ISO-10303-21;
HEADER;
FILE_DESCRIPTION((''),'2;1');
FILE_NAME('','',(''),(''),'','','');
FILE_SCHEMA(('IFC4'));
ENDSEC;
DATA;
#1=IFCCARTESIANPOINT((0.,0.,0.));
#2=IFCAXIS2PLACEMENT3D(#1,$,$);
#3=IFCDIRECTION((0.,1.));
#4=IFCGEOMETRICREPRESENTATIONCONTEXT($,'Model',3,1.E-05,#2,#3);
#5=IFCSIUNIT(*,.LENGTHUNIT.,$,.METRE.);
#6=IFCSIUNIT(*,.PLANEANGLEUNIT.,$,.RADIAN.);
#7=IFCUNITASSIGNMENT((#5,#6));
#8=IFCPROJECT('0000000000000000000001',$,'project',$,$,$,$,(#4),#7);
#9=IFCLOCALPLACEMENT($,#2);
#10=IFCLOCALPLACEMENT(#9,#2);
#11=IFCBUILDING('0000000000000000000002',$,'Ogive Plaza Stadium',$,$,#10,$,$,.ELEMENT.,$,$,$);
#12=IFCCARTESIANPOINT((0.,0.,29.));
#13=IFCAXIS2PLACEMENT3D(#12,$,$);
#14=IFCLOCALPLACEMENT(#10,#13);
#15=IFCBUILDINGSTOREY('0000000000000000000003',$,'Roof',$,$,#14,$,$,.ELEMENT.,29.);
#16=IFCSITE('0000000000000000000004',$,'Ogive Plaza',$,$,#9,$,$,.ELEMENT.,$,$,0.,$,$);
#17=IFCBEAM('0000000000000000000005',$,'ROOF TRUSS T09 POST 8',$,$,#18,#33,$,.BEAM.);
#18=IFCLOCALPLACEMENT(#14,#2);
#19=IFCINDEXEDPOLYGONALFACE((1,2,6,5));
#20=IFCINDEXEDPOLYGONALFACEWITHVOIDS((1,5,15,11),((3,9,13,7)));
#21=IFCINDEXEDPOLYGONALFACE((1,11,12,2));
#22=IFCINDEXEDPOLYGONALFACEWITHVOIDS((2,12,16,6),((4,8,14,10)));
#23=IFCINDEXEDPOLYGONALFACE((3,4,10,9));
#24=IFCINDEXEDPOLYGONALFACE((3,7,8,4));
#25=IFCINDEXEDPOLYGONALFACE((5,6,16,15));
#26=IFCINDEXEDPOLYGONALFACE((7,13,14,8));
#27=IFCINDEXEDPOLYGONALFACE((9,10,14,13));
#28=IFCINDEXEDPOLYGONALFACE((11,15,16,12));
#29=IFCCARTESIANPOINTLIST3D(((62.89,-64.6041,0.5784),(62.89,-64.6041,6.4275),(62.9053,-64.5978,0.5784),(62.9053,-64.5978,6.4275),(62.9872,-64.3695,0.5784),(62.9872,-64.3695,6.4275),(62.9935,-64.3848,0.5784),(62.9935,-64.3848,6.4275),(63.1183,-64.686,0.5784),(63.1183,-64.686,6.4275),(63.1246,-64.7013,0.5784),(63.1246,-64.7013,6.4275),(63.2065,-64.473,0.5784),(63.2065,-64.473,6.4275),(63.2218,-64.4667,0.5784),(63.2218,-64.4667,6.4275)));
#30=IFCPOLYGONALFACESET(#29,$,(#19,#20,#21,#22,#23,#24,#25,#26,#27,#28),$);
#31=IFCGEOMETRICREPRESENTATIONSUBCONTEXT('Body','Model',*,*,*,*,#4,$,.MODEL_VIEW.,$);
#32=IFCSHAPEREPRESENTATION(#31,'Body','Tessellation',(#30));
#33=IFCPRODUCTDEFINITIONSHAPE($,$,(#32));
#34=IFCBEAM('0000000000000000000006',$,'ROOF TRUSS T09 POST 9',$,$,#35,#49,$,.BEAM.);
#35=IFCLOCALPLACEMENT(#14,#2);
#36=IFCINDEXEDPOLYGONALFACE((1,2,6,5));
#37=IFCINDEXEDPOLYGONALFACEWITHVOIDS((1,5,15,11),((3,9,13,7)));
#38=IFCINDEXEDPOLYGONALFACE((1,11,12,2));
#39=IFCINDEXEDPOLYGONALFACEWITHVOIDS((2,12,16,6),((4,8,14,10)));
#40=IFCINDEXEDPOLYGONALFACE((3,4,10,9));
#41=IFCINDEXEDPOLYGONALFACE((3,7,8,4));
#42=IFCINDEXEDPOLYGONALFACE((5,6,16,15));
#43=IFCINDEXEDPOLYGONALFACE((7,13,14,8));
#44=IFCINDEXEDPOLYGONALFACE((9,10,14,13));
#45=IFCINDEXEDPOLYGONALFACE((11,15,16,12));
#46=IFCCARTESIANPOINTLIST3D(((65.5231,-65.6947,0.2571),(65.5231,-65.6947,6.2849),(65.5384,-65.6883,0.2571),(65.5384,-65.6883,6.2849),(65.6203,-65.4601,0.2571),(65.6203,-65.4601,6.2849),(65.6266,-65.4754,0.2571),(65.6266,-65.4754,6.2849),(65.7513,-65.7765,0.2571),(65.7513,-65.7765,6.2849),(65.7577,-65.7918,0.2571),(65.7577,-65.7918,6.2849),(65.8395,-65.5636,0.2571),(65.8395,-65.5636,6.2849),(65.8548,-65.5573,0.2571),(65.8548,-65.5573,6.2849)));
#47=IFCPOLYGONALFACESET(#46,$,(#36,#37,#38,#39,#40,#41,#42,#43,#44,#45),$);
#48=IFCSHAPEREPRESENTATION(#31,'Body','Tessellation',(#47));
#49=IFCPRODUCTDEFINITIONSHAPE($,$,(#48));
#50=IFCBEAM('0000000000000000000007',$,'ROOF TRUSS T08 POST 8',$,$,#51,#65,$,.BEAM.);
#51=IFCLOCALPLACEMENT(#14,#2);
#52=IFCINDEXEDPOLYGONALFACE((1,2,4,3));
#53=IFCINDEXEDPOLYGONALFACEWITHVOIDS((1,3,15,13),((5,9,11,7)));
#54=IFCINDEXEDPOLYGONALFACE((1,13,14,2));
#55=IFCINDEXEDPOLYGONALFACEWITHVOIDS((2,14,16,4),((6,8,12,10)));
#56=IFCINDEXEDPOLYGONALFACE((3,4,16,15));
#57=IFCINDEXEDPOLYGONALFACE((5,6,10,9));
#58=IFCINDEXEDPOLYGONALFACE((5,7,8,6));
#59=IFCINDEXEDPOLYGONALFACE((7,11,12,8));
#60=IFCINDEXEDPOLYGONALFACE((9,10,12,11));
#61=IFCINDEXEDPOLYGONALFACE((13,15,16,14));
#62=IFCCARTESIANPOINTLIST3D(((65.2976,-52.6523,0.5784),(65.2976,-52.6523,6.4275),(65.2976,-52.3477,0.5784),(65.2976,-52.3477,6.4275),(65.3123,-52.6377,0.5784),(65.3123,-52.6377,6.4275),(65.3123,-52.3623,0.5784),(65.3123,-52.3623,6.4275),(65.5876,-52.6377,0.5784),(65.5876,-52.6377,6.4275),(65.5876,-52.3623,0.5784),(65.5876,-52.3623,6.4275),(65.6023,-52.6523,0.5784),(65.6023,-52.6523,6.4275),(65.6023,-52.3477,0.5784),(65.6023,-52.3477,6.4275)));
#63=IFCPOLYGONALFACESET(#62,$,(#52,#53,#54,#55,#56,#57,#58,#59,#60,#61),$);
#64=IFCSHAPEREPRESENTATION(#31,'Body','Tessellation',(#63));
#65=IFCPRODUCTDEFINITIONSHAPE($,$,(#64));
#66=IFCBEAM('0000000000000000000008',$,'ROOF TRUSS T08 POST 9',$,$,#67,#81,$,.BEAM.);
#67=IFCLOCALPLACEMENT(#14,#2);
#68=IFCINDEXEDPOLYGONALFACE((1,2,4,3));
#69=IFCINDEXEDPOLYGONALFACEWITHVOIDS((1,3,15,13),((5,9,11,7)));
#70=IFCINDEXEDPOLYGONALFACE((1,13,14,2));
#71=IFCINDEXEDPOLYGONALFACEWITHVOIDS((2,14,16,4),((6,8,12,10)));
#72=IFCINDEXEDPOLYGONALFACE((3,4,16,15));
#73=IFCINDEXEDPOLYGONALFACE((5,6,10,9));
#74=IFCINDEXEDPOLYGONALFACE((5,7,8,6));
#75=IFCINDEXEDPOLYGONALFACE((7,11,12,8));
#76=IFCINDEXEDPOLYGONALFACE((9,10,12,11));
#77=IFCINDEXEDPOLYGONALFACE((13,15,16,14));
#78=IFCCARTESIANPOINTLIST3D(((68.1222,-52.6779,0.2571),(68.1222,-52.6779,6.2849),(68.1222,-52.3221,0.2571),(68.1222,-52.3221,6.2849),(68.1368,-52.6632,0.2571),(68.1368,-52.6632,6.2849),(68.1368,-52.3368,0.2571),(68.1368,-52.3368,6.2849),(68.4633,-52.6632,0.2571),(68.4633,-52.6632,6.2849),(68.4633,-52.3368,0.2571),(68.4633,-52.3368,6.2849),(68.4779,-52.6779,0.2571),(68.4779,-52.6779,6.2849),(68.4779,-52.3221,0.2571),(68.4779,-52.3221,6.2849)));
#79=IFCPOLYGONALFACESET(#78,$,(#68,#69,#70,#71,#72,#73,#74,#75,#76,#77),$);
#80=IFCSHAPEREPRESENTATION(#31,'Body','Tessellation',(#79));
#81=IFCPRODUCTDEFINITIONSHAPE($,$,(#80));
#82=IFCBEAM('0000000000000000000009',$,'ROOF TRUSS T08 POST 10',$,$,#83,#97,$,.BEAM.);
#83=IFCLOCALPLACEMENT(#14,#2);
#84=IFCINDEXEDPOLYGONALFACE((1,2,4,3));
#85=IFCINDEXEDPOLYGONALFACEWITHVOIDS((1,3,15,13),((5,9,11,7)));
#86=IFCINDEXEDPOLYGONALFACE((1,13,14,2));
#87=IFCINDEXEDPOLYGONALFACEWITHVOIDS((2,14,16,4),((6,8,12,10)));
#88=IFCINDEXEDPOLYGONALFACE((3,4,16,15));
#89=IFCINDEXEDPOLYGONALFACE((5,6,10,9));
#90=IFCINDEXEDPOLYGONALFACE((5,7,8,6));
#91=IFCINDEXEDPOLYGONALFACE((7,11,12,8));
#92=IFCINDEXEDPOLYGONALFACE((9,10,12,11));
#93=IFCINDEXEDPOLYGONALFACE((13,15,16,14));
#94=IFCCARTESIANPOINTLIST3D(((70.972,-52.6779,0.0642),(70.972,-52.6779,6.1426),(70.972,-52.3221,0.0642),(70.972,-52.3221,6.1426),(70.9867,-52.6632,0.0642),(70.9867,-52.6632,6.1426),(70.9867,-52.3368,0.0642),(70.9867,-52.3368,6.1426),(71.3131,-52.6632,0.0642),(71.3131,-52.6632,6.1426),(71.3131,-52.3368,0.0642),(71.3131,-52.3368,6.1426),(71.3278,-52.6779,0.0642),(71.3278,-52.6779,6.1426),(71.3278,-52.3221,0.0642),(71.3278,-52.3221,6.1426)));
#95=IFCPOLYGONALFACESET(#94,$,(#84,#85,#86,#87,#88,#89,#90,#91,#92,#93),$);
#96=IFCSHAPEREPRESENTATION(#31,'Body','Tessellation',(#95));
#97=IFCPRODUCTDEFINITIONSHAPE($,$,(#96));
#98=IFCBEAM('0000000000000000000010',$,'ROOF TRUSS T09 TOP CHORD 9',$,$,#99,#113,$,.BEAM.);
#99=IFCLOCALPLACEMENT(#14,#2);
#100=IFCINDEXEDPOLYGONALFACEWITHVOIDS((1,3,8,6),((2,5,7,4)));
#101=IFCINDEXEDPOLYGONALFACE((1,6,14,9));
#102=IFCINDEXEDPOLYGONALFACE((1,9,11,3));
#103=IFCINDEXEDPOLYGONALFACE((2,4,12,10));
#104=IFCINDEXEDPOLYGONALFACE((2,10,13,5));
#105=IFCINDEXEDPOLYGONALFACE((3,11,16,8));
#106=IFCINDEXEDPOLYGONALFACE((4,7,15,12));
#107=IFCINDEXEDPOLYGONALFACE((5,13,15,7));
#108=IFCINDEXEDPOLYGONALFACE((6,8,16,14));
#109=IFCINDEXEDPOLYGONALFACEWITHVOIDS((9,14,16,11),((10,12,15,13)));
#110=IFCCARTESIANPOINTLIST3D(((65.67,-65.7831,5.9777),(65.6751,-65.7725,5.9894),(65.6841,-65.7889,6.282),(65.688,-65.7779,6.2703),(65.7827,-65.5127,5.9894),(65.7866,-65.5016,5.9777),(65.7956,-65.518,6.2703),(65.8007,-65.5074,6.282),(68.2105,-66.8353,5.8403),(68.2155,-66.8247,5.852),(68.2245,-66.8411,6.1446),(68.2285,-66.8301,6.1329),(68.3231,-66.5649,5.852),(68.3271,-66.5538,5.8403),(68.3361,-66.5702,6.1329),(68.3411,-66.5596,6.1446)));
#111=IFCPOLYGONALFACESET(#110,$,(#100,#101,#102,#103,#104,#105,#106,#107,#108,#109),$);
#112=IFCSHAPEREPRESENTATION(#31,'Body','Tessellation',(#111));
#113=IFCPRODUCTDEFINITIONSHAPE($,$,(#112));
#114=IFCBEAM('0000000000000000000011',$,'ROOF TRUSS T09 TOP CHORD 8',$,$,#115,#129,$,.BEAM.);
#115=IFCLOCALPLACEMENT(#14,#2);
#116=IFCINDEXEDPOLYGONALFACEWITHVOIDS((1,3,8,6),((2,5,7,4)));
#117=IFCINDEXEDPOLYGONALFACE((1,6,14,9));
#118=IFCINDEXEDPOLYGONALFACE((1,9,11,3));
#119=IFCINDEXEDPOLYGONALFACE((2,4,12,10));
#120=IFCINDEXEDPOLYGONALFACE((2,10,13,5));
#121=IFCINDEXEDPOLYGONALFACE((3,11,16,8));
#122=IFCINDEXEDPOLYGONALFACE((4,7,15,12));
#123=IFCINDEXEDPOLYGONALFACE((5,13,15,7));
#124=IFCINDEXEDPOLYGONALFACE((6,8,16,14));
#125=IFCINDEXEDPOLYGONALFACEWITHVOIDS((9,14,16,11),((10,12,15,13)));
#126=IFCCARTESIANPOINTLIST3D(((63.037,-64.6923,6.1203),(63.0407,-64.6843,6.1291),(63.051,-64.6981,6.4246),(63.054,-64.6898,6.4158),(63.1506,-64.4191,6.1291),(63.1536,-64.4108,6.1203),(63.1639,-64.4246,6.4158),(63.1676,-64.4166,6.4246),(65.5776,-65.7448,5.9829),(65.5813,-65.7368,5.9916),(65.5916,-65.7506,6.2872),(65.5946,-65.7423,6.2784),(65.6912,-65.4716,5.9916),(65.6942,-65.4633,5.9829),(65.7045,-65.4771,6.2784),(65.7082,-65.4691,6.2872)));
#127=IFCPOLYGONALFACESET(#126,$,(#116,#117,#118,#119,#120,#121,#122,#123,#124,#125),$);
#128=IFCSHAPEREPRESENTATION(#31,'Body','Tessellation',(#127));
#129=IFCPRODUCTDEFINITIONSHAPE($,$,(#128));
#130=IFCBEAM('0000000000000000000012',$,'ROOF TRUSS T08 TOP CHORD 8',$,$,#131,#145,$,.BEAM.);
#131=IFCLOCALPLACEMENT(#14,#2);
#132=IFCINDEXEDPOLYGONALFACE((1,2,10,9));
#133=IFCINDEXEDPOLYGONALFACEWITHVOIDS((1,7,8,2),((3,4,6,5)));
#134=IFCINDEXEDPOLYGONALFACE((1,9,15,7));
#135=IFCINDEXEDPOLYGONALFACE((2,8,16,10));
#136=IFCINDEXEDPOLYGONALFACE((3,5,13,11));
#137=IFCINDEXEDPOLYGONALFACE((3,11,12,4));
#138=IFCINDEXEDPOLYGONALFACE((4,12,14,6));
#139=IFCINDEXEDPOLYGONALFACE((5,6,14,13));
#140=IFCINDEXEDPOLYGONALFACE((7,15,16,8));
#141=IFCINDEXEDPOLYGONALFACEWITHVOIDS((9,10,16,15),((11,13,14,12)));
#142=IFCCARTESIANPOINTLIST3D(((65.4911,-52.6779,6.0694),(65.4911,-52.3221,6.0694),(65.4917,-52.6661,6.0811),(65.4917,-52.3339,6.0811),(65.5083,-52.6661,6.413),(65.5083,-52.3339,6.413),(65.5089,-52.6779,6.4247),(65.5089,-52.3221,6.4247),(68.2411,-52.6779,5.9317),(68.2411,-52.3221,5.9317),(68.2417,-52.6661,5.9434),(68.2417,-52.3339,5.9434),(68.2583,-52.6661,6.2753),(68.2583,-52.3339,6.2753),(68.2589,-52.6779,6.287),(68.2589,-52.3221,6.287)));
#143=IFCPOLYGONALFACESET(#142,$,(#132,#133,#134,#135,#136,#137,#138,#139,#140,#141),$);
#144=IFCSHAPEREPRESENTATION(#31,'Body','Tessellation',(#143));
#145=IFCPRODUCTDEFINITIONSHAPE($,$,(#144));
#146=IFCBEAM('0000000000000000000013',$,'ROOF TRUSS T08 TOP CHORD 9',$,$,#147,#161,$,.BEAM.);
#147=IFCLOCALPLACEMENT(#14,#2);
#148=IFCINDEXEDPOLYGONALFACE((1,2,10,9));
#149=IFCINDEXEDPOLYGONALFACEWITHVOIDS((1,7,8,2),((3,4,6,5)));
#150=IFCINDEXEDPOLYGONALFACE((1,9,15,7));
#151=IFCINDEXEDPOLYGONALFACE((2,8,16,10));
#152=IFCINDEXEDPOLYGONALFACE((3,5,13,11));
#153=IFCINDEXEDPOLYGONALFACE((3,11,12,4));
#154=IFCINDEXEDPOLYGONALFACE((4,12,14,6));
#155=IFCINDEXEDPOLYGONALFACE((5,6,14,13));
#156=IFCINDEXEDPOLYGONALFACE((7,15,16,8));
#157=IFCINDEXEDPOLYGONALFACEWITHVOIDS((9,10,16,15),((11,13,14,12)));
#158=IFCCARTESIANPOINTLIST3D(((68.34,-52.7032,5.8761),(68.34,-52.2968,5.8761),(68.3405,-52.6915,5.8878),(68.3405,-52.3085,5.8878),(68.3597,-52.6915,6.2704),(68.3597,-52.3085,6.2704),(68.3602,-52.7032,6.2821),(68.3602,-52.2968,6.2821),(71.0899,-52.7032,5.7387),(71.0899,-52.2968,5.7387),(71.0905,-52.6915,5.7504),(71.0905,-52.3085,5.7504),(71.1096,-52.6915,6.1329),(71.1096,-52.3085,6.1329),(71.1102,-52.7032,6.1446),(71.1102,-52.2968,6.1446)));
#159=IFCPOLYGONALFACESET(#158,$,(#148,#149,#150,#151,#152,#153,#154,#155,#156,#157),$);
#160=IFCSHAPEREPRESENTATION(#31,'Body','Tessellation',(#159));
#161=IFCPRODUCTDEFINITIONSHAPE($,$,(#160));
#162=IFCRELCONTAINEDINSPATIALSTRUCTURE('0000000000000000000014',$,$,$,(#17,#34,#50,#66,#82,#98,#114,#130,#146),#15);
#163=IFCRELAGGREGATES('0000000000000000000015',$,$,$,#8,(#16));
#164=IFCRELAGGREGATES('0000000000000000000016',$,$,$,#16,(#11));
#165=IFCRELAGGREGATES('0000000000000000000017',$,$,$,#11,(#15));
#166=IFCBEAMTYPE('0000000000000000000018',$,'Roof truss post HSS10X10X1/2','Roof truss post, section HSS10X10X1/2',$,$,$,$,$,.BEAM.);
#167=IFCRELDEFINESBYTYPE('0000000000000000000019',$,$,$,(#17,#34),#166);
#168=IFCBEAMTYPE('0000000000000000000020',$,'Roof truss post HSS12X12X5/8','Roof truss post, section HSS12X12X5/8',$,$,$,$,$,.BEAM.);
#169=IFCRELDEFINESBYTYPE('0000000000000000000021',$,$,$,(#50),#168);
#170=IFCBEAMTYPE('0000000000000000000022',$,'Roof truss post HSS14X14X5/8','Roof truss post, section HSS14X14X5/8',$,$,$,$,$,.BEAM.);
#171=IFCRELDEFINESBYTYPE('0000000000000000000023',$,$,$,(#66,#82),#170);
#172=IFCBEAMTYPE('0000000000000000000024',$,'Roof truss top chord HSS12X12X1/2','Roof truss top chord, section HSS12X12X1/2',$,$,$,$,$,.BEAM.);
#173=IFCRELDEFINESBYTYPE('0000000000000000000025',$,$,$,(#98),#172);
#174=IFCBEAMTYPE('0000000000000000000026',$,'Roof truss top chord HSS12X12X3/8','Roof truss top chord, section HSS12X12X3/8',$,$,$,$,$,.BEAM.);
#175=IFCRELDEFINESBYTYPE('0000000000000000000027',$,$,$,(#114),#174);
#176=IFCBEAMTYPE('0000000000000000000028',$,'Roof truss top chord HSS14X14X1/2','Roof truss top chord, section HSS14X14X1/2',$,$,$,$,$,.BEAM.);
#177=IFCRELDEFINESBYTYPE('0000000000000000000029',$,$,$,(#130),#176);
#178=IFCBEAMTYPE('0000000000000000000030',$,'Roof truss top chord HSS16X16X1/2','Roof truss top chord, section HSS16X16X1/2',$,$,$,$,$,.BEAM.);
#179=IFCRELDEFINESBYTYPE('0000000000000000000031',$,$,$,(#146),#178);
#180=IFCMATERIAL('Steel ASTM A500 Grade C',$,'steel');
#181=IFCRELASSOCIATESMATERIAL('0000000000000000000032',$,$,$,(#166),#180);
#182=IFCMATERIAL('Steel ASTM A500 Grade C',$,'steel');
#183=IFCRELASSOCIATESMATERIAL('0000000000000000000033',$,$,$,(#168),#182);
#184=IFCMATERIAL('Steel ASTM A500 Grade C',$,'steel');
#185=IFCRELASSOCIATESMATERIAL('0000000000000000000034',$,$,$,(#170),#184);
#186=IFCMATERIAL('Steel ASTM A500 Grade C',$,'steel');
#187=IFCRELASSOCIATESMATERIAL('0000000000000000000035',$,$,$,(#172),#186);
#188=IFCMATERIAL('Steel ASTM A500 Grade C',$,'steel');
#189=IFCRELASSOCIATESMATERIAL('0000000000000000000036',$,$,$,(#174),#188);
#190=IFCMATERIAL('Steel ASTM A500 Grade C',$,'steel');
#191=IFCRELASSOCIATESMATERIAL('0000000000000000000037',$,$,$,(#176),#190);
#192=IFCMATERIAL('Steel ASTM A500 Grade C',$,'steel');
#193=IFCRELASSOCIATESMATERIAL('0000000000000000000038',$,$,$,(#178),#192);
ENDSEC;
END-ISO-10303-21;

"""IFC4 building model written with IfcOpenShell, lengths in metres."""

from ifc_helpers import new_model, si_unit, direction, frame, origin, origin_2d, place, context, subcontext, project, spatial, hollow_rectangle, extrude, material, material_profile, profile_set, type_object, element, save


model = new_model("IFC4")

# Units and contexts
model_context = context("Model", 3, precision=1e-05, world=origin(), true_north=direction((0.0, 1.0)))
body_context = subcontext(model_context, "Body", "Model", "MODEL_VIEW")
ifc_project = project(units=[si_unit("LENGTHUNIT", "METRE"), si_unit("PLANEANGLEUNIT", "RADIAN")], contexts=[model_context])

# Site, building, storey
site_placement = place(None, origin())
site = spatial("IfcSite", under=ifc_project, at=site_placement, Name="Ogive Plaza", CompositionType="ELEMENT", RefElevation=0.0)
building_placement = place(site_placement, origin())
building = spatial("IfcBuilding", under=site, at=building_placement, Name="Ogive Plaza Stadium", CompositionType="ELEMENT")
storey_placement = place(building_placement, frame((0.0, 0.0, 29.0)))
storey = spatial("IfcBuildingStorey", under=building, at=storey_placement, Name="Roof", CompositionType="ELEMENT", Elevation=29.0)

# Beams
ifc_material_1 = material(Name="Steel ASTM A500 Grade C", Category="steel")
ifc_material_profile_1 = material_profile(ifc_material_1, hollow_rectangle(XDim=0.2539, YDim=0.2539, WallThickness=0.0117, at=origin_2d()), Name="HSS10X10X1/2")
ifc_profile_set_1 = profile_set([ifc_material_profile_1], Name="Steel ASTM A500 Grade C")
beam_type_1 = type_object("IfcBeamType", Name="Roof truss post HSS10X10X1/2", Description="Roof truss post, section HSS10X10X1/2", PredefinedType="BEAM", material=ifc_profile_set_1)
beam_1_placement = place(storey_placement, frame((63.0559, -64.5354, 0.5784), z_axis=(0.0, 0.0, 1.0), x_axis=(0.382683, 0.92388, 0.0)))
element("IfcBeam", 1, at=beam_1_placement, inside=storey, type_object=beam_type_1, Name="ROOF TRUSS T09 POST 8", PredefinedType="BEAM", context=body_context, shape_type="SweptSolid", body=[
    extrude(hollow_rectangle(XDim=0.2539, YDim=0.2539, WallThickness=0.0117, at=origin_2d()), origin(), (0.0, 0.0, 1.0), 5.8491),
])
beam_2_placement = place(storey_placement, frame((65.689, -65.626, 0.2571), z_axis=(0.0, 0.0, 1.0), x_axis=(0.382683, 0.92388, 0.0)))
element("IfcBeam", 2, at=beam_2_placement, inside=storey, type_object=beam_type_1, Name="ROOF TRUSS T09 POST 9", PredefinedType="BEAM", context=body_context, shape_type="SweptSolid", body=[
    extrude(hollow_rectangle(XDim=0.2539, YDim=0.2539, WallThickness=0.0117, at=origin_2d()), origin(), (0.0, 0.0, 1.0), 6.0278),
])
ifc_material_2 = material(Name="Steel ASTM A500 Grade C", Category="steel")
ifc_material_profile_2 = material_profile(ifc_material_2, hollow_rectangle(XDim=0.3047, YDim=0.3047, WallThickness=0.0146, at=origin_2d()), Name="HSS12X12X5/8")
ifc_profile_set_2 = profile_set([ifc_material_profile_2], Name="Steel ASTM A500 Grade C")
beam_type_2 = type_object("IfcBeamType", Name="Roof truss post HSS12X12X5/8", Description="Roof truss post, section HSS12X12X5/8", PredefinedType="BEAM", material=ifc_profile_set_2)
beam_3_placement = place(storey_placement, frame((65.45, -52.5, 0.5784), z_axis=(0.0, 0.0, 1.0), x_axis=(0.0, 1.0, 0.0)))
element("IfcBeam", 3, at=beam_3_placement, inside=storey, type_object=beam_type_2, Name="ROOF TRUSS T08 POST 8", PredefinedType="BEAM", context=body_context, shape_type="SweptSolid", body=[
    extrude(hollow_rectangle(XDim=0.3047, YDim=0.3047, WallThickness=0.0146, at=origin_2d()), origin(), (0.0, 0.0, 1.0), 5.8491),
])
ifc_material_3 = material(Name="Steel ASTM A500 Grade C", Category="steel")
ifc_material_profile_3 = material_profile(ifc_material_3, hollow_rectangle(XDim=0.3557, YDim=0.3557, WallThickness=0.0146, at=origin_2d()), Name="HSS14X14X5/8")
ifc_profile_set_3 = profile_set([ifc_material_profile_3], Name="Steel ASTM A500 Grade C")
beam_type_3 = type_object("IfcBeamType", Name="Roof truss post HSS14X14X5/8", Description="Roof truss post, section HSS14X14X5/8", PredefinedType="BEAM", material=ifc_profile_set_3)
beam_4_placement = place(storey_placement, frame((68.3, -52.5, 0.2571), z_axis=(0.0, 0.0, 1.0), x_axis=(0.0, 1.0, 0.0)))
element("IfcBeam", 4, at=beam_4_placement, inside=storey, type_object=beam_type_3, Name="ROOF TRUSS T08 POST 9", PredefinedType="BEAM", context=body_context, shape_type="SweptSolid", body=[
    extrude(hollow_rectangle(XDim=0.3557, YDim=0.3557, WallThickness=0.0146, at=origin_2d()), origin(), (0.0, 0.0, 1.0), 6.0278),
])
beam_5_placement = place(storey_placement, frame((71.1499, -52.5, 0.0642), z_axis=(0.0, 0.0, 1.0), x_axis=(0.0, 1.0, 0.0)))
element("IfcBeam", 5, at=beam_5_placement, inside=storey, type_object=beam_type_3, Name="ROOF TRUSS T08 POST 10", PredefinedType="BEAM", context=body_context, shape_type="SweptSolid", body=[
    extrude(hollow_rectangle(XDim=0.3557, YDim=0.3557, WallThickness=0.0146, at=origin_2d()), origin(), (0.0, 0.0, 1.0), 6.0784),
])
ifc_material_4 = material(Name="Steel ASTM A500 Grade C", Category="steel")
ifc_material_profile_4 = material_profile(ifc_material_4, hollow_rectangle(XDim=0.3047, YDim=0.3047, WallThickness=0.0117, at=origin_2d()), Name="HSS12X12X1/2")
ifc_profile_set_4 = profile_set([ifc_material_profile_4], Name="Steel ASTM A500 Grade C")
beam_type_4 = type_object("IfcBeamType", Name="Roof truss top chord HSS12X12X1/2", Description="Roof truss top chord, section HSS12X12X1/2", PredefinedType="BEAM", material=ifc_profile_set_4)
beam_6_placement = place(storey_placement, frame((65.7354, -65.6453, 6.1299), z_axis=(0.922737, -0.382183, -0.049923), x_axis=(0.38266, 0.923889, 0.0)))
element("IfcBeam", 6, at=beam_6_placement, inside=storey, type_object=beam_type_4, Name="ROOF TRUSS T09 TOP CHORD 9", PredefinedType="BEAM", context=body_context, shape_type="SweptSolid", body=[
    extrude(hollow_rectangle(XDim=0.3047, YDim=0.3047, WallThickness=0.0117, at=origin_2d()), origin(), (0.0, 0.0, 1.0), 2.7532),
])
ifc_material_5 = material(Name="Steel ASTM A500 Grade C", Category="steel")
ifc_material_profile_5 = material_profile(ifc_material_5, hollow_rectangle(XDim=0.3047, YDim=0.3047, WallThickness=0.0088, at=origin_2d()), Name="HSS12X12X3/8")
ifc_profile_set_5 = profile_set([ifc_material_profile_5], Name="Steel ASTM A500 Grade C")
beam_type_5 = type_object("IfcBeamType", Name="Roof truss top chord HSS12X12X3/8", Description="Roof truss top chord, section HSS12X12X3/8", PredefinedType="BEAM", material=ifc_profile_set_5)
beam_7_placement = place(storey_placement, frame((63.1023, -64.5544, 6.2725), z_axis=(0.922706, -0.382259, -0.049922), x_axis=(0.382736, 0.923858, 0.0)))
element("IfcBeam", 7, at=beam_7_placement, inside=storey, type_object=beam_type_5, Name="ROOF TRUSS T09 TOP CHORD 8", PredefinedType="BEAM", context=body_context, shape_type="SweptSolid", body=[
    extrude(hollow_rectangle(XDim=0.3047, YDim=0.3047, WallThickness=0.0088, at=origin_2d()), origin(), (0.0, 0.0, 1.0), 2.7534),
])
ifc_material_6 = material(Name="Steel ASTM A500 Grade C", Category="steel")
ifc_material_profile_6 = material_profile(ifc_material_6, hollow_rectangle(XDim=0.3557, YDim=0.3557, WallThickness=0.0117, at=origin_2d()), Name="HSS14X14X1/2")
ifc_profile_set_6 = profile_set([ifc_material_profile_6], Name="Steel ASTM A500 Grade C")
beam_type_6 = type_object("IfcBeamType", Name="Roof truss top chord HSS14X14X1/2", Description="Roof truss top chord, section HSS14X14X1/2", PredefinedType="BEAM", material=ifc_profile_set_6)
beam_8_placement = place(storey_placement, frame((65.5, -52.5, 6.2471), z_axis=(0.998749, 0.0, -0.050008), x_axis=(0.0, 1.0, 0.0)))
element("IfcBeam", 8, at=beam_8_placement, inside=storey, type_object=beam_type_6, Name="ROOF TRUSS T08 TOP CHORD 8", PredefinedType="BEAM", context=body_context, shape_type="SweptSolid", body=[
    extrude(hollow_rectangle(XDim=0.3557, YDim=0.3557, WallThickness=0.0117, at=origin_2d()), origin(), (0.0, 0.0, 1.0), 2.7534),
])
ifc_material_7 = material(Name="Steel ASTM A500 Grade C", Category="steel")
ifc_material_profile_7 = material_profile(ifc_material_7, hollow_rectangle(XDim=0.4065, YDim=0.4065, WallThickness=0.0117, at=origin_2d()), Name="HSS16X16X1/2")
ifc_profile_set_7 = profile_set([ifc_material_profile_7], Name="Steel ASTM A500 Grade C")
beam_type_7 = type_object("IfcBeamType", Name="Roof truss top chord HSS16X16X1/2", Description="Roof truss top chord, section HSS16X16X1/2", PredefinedType="BEAM", material=ifc_profile_set_7)
beam_9_placement = place(storey_placement, frame((68.3501, -52.5, 6.0791), z_axis=(0.998753, 0.0, -0.04992), x_axis=(0.0, 1.0, 0.0)))
element("IfcBeam", 9, at=beam_9_placement, inside=storey, type_object=beam_type_7, Name="ROOF TRUSS T08 TOP CHORD 9", PredefinedType="BEAM", context=body_context, shape_type="SweptSolid", body=[
    extrude(hollow_rectangle(XDim=0.4065, YDim=0.4065, WallThickness=0.0117, at=origin_2d()), origin(), (0.0, 0.0, 1.0), 2.7534),
])

save(model, "model.ifc")
